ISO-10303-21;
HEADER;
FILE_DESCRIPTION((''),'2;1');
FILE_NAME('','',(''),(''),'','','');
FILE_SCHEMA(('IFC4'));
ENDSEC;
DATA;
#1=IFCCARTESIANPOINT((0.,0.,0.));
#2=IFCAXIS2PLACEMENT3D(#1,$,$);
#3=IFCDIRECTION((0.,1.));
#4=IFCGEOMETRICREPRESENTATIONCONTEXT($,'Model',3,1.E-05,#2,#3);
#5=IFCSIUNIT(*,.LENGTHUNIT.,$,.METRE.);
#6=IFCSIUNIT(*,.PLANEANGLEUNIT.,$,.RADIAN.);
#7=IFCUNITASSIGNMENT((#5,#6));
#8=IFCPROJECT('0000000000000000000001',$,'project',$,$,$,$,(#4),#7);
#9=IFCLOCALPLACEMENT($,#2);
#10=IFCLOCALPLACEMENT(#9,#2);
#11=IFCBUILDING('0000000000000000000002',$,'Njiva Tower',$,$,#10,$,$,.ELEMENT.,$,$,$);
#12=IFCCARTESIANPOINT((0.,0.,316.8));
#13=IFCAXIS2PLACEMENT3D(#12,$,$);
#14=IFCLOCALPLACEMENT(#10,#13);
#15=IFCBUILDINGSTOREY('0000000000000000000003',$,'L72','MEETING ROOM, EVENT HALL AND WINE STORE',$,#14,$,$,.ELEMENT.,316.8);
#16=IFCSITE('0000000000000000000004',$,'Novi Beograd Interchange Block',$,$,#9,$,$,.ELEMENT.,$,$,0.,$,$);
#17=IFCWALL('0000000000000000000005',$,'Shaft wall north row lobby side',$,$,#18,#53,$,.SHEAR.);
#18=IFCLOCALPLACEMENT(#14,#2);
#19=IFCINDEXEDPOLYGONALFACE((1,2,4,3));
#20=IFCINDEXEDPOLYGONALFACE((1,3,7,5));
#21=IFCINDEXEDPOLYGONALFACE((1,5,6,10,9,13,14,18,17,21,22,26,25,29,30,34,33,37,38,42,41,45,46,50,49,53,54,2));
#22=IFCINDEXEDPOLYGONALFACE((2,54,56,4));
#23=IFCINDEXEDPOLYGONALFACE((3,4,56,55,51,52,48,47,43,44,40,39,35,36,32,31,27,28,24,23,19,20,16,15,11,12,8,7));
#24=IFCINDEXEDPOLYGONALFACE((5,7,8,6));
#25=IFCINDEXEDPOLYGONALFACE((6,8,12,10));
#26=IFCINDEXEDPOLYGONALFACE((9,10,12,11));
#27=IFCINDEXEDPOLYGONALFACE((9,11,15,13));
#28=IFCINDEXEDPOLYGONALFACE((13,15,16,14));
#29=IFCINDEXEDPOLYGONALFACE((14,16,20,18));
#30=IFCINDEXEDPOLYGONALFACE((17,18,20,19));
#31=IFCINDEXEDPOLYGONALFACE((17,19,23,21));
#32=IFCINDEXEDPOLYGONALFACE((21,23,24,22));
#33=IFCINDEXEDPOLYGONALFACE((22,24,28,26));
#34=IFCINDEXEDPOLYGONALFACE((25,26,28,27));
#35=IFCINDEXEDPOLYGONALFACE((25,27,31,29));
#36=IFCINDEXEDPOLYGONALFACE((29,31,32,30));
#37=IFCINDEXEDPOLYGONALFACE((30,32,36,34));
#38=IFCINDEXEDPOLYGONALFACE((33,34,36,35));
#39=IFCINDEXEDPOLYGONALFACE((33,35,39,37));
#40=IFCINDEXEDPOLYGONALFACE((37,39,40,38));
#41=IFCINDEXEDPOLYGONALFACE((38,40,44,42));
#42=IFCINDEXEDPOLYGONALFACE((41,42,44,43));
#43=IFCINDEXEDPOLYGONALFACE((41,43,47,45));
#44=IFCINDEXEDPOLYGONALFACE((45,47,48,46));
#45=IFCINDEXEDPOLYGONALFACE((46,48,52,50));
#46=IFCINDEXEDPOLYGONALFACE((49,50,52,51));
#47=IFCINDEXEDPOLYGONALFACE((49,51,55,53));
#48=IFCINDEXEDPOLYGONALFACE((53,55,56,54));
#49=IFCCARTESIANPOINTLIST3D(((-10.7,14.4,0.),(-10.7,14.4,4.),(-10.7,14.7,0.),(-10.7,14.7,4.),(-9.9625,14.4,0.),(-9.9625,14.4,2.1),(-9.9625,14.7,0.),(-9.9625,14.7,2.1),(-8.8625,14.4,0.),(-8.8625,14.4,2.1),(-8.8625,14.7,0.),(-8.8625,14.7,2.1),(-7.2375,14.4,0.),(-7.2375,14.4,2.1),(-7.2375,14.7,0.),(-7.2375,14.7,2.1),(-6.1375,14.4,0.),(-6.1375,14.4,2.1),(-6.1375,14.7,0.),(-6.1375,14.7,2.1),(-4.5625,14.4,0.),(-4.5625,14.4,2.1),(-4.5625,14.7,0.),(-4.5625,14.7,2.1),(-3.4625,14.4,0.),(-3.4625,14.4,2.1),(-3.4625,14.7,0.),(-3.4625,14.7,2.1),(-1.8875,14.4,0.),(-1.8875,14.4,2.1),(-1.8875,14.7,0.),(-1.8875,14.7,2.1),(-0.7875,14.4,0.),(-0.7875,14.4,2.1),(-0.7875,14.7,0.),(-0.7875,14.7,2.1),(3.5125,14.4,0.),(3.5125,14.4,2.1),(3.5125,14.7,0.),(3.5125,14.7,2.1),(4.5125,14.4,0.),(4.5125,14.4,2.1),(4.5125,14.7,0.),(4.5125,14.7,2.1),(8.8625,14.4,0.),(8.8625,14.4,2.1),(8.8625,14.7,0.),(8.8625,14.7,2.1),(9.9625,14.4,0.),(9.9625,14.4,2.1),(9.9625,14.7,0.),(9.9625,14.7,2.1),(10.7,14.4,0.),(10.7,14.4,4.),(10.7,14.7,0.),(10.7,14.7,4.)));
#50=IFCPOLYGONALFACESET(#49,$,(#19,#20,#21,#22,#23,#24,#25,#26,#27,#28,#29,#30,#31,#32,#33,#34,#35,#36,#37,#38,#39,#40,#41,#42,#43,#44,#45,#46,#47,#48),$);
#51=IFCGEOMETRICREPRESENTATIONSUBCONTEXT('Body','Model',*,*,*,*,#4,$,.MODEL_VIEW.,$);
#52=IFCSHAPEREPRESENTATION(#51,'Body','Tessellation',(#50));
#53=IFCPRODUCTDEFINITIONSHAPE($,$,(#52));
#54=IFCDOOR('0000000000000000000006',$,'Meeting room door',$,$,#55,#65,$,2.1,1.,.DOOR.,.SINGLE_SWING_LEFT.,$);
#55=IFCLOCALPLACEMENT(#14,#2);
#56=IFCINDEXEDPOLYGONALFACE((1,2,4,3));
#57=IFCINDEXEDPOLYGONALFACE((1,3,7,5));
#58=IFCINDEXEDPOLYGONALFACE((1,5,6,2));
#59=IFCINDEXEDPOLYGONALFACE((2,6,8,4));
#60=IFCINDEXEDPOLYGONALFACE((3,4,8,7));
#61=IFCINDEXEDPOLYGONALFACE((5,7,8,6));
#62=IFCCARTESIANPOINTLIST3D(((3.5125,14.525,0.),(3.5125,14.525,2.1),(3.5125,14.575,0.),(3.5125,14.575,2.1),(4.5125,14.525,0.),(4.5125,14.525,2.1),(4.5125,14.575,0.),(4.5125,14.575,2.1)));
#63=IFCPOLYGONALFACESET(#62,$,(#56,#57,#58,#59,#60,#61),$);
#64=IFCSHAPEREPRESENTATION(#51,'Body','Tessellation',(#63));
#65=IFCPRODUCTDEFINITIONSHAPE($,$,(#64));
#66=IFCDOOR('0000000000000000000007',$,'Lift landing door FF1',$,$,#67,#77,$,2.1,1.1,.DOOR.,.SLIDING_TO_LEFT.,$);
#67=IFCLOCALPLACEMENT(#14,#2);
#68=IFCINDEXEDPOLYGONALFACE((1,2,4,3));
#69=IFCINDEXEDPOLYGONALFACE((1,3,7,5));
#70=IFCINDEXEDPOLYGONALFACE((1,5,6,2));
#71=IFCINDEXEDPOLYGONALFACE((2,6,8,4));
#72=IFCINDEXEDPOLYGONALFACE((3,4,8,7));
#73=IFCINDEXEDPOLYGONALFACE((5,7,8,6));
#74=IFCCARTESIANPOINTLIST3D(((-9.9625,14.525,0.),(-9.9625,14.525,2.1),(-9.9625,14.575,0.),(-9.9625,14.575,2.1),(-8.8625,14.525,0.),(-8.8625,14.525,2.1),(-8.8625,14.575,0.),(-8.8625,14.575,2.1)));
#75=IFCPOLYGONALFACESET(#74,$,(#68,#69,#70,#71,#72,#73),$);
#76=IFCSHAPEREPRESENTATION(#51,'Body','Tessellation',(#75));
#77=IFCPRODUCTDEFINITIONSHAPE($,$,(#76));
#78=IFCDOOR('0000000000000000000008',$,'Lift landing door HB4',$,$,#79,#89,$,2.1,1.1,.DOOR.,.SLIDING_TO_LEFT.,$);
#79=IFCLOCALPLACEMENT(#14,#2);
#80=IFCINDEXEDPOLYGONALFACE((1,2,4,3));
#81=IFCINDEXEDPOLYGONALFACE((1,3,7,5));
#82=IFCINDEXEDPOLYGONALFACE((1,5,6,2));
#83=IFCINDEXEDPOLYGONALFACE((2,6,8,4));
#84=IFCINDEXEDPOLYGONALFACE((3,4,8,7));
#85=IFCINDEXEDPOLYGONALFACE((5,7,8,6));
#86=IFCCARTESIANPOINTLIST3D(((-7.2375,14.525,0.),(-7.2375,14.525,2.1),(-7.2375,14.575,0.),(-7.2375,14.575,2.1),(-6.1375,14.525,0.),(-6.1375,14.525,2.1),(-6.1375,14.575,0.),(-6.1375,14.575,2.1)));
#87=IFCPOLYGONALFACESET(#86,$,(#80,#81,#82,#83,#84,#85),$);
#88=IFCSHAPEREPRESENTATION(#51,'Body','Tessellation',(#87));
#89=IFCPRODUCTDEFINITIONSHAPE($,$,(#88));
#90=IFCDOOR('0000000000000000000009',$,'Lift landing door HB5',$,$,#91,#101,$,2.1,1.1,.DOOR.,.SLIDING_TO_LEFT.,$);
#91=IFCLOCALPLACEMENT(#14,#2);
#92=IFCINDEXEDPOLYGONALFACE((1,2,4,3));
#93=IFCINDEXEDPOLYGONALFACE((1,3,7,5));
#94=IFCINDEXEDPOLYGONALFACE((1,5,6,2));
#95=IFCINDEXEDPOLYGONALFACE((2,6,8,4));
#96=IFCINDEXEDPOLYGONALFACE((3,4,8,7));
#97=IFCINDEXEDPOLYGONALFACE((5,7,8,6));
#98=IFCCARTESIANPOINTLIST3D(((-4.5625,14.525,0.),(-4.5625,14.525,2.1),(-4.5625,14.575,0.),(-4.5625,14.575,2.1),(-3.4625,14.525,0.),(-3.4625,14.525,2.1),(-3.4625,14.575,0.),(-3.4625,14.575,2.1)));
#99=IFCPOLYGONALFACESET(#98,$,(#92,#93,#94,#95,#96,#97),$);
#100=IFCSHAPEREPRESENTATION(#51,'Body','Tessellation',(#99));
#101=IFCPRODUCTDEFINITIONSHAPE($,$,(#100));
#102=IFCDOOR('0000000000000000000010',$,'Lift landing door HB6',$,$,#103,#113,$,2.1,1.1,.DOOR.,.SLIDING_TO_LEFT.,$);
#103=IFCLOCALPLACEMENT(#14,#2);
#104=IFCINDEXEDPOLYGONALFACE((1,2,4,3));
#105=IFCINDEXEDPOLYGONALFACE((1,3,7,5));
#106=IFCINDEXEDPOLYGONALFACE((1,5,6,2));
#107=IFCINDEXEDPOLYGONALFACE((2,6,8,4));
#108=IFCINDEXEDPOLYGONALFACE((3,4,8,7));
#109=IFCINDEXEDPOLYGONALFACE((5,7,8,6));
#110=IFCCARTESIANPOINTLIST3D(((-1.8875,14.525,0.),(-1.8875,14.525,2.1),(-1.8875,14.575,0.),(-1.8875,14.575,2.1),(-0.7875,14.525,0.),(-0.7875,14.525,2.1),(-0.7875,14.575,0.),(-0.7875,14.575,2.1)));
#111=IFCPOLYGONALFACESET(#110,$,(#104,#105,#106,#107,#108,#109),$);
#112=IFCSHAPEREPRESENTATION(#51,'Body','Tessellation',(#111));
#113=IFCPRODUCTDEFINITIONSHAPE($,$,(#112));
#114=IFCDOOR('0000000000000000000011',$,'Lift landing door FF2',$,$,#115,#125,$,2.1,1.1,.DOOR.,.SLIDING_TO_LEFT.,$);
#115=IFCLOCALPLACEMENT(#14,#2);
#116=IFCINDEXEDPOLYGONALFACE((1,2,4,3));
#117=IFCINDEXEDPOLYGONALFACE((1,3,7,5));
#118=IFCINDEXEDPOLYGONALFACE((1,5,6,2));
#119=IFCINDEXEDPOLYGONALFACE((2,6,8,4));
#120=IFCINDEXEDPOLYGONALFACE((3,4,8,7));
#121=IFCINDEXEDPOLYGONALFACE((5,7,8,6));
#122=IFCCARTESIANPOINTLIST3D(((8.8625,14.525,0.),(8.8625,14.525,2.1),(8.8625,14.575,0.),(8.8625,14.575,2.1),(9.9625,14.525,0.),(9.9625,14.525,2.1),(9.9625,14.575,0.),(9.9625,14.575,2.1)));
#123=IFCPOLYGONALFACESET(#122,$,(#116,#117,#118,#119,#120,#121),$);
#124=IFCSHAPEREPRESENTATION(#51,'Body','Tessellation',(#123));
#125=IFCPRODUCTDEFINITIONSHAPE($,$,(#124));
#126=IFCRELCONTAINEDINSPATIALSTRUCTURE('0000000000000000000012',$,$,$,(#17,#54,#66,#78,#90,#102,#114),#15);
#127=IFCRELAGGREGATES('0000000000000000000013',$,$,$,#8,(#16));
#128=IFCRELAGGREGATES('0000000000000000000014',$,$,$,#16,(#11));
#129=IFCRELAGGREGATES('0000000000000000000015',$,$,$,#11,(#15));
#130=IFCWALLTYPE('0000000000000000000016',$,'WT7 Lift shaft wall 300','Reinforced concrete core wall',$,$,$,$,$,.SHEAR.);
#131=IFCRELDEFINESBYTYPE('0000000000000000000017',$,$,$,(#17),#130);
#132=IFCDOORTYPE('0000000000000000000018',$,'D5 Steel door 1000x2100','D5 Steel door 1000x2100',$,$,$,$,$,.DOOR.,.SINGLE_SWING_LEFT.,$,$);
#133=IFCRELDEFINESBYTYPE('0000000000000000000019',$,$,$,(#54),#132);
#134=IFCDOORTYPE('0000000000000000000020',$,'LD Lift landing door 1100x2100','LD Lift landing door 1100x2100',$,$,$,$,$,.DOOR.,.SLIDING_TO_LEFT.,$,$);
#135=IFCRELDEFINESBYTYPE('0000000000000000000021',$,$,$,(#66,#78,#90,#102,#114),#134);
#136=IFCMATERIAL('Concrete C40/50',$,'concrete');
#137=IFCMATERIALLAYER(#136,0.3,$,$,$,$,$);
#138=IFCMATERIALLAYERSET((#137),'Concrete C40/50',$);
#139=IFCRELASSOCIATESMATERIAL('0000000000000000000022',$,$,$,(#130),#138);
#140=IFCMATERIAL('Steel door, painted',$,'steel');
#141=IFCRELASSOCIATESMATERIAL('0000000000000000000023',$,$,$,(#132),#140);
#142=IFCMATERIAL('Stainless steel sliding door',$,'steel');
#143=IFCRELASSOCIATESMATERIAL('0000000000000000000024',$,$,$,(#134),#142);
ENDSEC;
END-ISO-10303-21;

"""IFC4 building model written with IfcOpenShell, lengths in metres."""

from ifc_helpers import new_model, si_unit, direction, frame, frame_2d, origin, place, context, subcontext, project, spatial, rectangle, extrude, material, layer, layer_set, type_object, element, fill, save


model = new_model("IFC4")

# Units and contexts
model_context = context("Model", 3, precision=1e-05, world=origin(), true_north=direction((0.0, 1.0)))
body_context = subcontext(model_context, "Body", "Model", "MODEL_VIEW")
ifc_project = project(units=[si_unit("LENGTHUNIT", "METRE"), si_unit("PLANEANGLEUNIT", "RADIAN")], contexts=[model_context])

# Site, building, storey
site_placement = place(None, origin())
site = spatial("IfcSite", under=ifc_project, at=site_placement, Name="Novi Beograd Interchange Block", CompositionType="ELEMENT", RefElevation=0.0)
building_placement = place(site_placement, origin())
building = spatial("IfcBuilding", under=site, at=building_placement, Name="Njiva Tower", CompositionType="ELEMENT")
storey_placement = place(building_placement, frame((0.0, 0.0, 316.8)))
storey = spatial("IfcBuildingStorey", under=building, at=storey_placement, Name="L72", Description="MEETING ROOM, EVENT HALL AND WINE STORE", CompositionType="ELEMENT", Elevation=316.8)

# Shared definitions
ifc_material_1 = material(Name="Concrete C40/50", Category="concrete")

# Wall, openings, doors
ifc_layer_1 = layer(ifc_material_1, 0.3)
ifc_layer_set_1 = layer_set([ifc_layer_1], Name="Concrete C40/50")
wall_type_1 = type_object("IfcWallType", Name="WT7 Lift shaft wall 300", Description="Reinforced concrete core wall", PredefinedType="SHEAR", material=ifc_layer_set_1)
wall_placement = place(storey_placement, frame((-10.7, 14.55, 0.0), z_axis=(0.0, 0.0, 1.0), x_axis=(1.0, 0.0, 0.0)))
wall = element("IfcWall", 1, at=wall_placement, inside=storey, type_object=wall_type_1, Name="Shaft wall north row lobby side", PredefinedType="SHEAR", context=body_context, shape_type="SweptSolid", body=[
    extrude(rectangle(XDim=21.4, YDim=0.3, at=frame_2d((10.7, 0.0))), origin(), (0.0, 0.0, 1.0), 4.0),
])
opening_1_placement = place(wall_placement, frame((0.7375, 0.0, 0.0)))
opening_1 = element("IfcOpeningElement", 2, at=opening_1_placement, cuts=wall, PredefinedType="OPENING", context=body_context, shape_type="SweptSolid", body=[
    extrude(rectangle(XDim=1.1, YDim=2.1, at=frame_2d((0.55, 1.05))), frame((0.0, 0.16, 0.0), z_axis=(0.0, -1.0, 0.0), x_axis=(1.0, 0.0, 0.0)), (0.0, 0.0, 1.0), 0.32),
])
opening_2_placement = place(wall_placement, frame((3.4625, 0.0, 0.0)))
opening_2 = element("IfcOpeningElement", 3, at=opening_2_placement, cuts=wall, PredefinedType="OPENING", context=body_context, shape_type="SweptSolid", body=[
    extrude(rectangle(XDim=1.1, YDim=2.1, at=frame_2d((0.55, 1.05))), frame((0.0, 0.16, 0.0), z_axis=(0.0, -1.0, 0.0), x_axis=(1.0, 0.0, 0.0)), (0.0, 0.0, 1.0), 0.32),
])
opening_3_placement = place(wall_placement, frame((6.1375, 0.0, 0.0)))
opening_3 = element("IfcOpeningElement", 4, at=opening_3_placement, cuts=wall, PredefinedType="OPENING", context=body_context, shape_type="SweptSolid", body=[
    extrude(rectangle(XDim=1.1, YDim=2.1, at=frame_2d((0.55, 1.05))), frame((0.0, 0.16, 0.0), z_axis=(0.0, -1.0, 0.0), x_axis=(1.0, 0.0, 0.0)), (0.0, 0.0, 1.0), 0.32),
])
opening_4_placement = place(wall_placement, frame((8.8125, 0.0, 0.0)))
opening_4 = element("IfcOpeningElement", 5, at=opening_4_placement, cuts=wall, PredefinedType="OPENING", context=body_context, shape_type="SweptSolid", body=[
    extrude(rectangle(XDim=1.1, YDim=2.1, at=frame_2d((0.55, 1.05))), frame((0.0, 0.16, 0.0), z_axis=(0.0, -1.0, 0.0), x_axis=(1.0, 0.0, 0.0)), (0.0, 0.0, 1.0), 0.32),
])
opening_5_placement = place(wall_placement, frame((19.5625, 0.0, 0.0)))
opening_5 = element("IfcOpeningElement", 6, at=opening_5_placement, cuts=wall, PredefinedType="OPENING", context=body_context, shape_type="SweptSolid", body=[
    extrude(rectangle(XDim=1.1, YDim=2.1, at=frame_2d((0.55, 1.05))), frame((0.0, 0.16, 0.0), z_axis=(0.0, -1.0, 0.0), x_axis=(1.0, 0.0, 0.0)), (0.0, 0.0, 1.0), 0.32),
])
opening_6_placement = place(wall_placement, frame((14.2125, 0.0, 0.0)))
opening_6 = element("IfcOpeningElement", 7, at=opening_6_placement, cuts=wall, PredefinedType="OPENING", context=body_context, shape_type="SweptSolid", body=[
    extrude(rectangle(XDim=1.0, YDim=2.1, at=frame_2d((0.5, 1.05))), frame((0.0, 0.16, 0.0), z_axis=(0.0, -1.0, 0.0), x_axis=(1.0, 0.0, 0.0)), (0.0, 0.0, 1.0), 0.32),
])
ifc_material_2 = material(Name="Steel door, painted", Category="steel")
door_type_1 = type_object("IfcDoorType", Name="D5 Steel door 1000x2100", Description="D5 Steel door 1000x2100", OperationType="SINGLE_SWING_LEFT", PredefinedType="DOOR", material=ifc_material_2)
door_1_placement = place(opening_6_placement, origin())
door_1 = element("IfcDoor", 8, at=door_1_placement, inside=storey, type_object=door_type_1, Name="Meeting room door", OperationType="SINGLE_SWING_LEFT", OverallHeight=2.1, OverallWidth=1.0, PredefinedType="DOOR", context=body_context, shape_type="SweptSolid", body=[
    extrude(rectangle(XDim=1.0, YDim=2.1, at=frame_2d((0.5, 1.05))), frame((0.0, 0.025, 0.0), z_axis=(0.0, -1.0, 0.0), x_axis=(1.0, 0.0, 0.0)), (0.0, 0.0, 1.0), 0.05),
])
fill(opening_6, door_1)
ifc_material_3 = material(Name="Stainless steel sliding door", Category="steel")
door_type_2 = type_object("IfcDoorType", Name="LD Lift landing door 1100x2100", Description="LD Lift landing door 1100x2100", OperationType="SLIDING_TO_LEFT", PredefinedType="DOOR", material=ifc_material_3)
door_2_placement = place(opening_1_placement, origin())
door_2 = element("IfcDoor", 9, at=door_2_placement, inside=storey, type_object=door_type_2, Name="Lift landing door FF1", OperationType="SLIDING_TO_LEFT", OverallHeight=2.1, OverallWidth=1.1, PredefinedType="DOOR", context=body_context, shape_type="SweptSolid", body=[
    extrude(rectangle(XDim=1.1, YDim=2.1, at=frame_2d((0.55, 1.05))), frame((0.0, 0.025, 0.0), z_axis=(0.0, -1.0, 0.0), x_axis=(1.0, 0.0, 0.0)), (0.0, 0.0, 1.0), 0.05),
])
fill(opening_1, door_2)
door_3_placement = place(opening_2_placement, origin())
door_3 = element("IfcDoor", 10, at=door_3_placement, inside=storey, type_object=door_type_2, Name="Lift landing door HB4", OperationType="SLIDING_TO_LEFT", OverallHeight=2.1, OverallWidth=1.1, PredefinedType="DOOR", context=body_context, shape_type="SweptSolid", body=[
    extrude(rectangle(XDim=1.1, YDim=2.1, at=frame_2d((0.55, 1.05))), frame((0.0, 0.025, 0.0), z_axis=(0.0, -1.0, 0.0), x_axis=(1.0, 0.0, 0.0)), (0.0, 0.0, 1.0), 0.05),
])
fill(opening_2, door_3)
door_4_placement = place(opening_3_placement, origin())
door_4 = element("IfcDoor", 11, at=door_4_placement, inside=storey, type_object=door_type_2, Name="Lift landing door HB5", OperationType="SLIDING_TO_LEFT", OverallHeight=2.1, OverallWidth=1.1, PredefinedType="DOOR", context=body_context, shape_type="SweptSolid", body=[
    extrude(rectangle(XDim=1.1, YDim=2.1, at=frame_2d((0.55, 1.05))), frame((0.0, 0.025, 0.0), z_axis=(0.0, -1.0, 0.0), x_axis=(1.0, 0.0, 0.0)), (0.0, 0.0, 1.0), 0.05),
])
fill(opening_3, door_4)
door_5_placement = place(opening_4_placement, origin())
door_5 = element("IfcDoor", 12, at=door_5_placement, inside=storey, type_object=door_type_2, Name="Lift landing door HB6", OperationType="SLIDING_TO_LEFT", OverallHeight=2.1, OverallWidth=1.1, PredefinedType="DOOR", context=body_context, shape_type="SweptSolid", body=[
    extrude(rectangle(XDim=1.1, YDim=2.1, at=frame_2d((0.55, 1.05))), frame((0.0, 0.025, 0.0), z_axis=(0.0, -1.0, 0.0), x_axis=(1.0, 0.0, 0.0)), (0.0, 0.0, 1.0), 0.05),
])
fill(opening_4, door_5)
door_6_placement = place(opening_5_placement, origin())
door_6 = element("IfcDoor", 13, at=door_6_placement, inside=storey, type_object=door_type_2, Name="Lift landing door FF2", OperationType="SLIDING_TO_LEFT", OverallHeight=2.1, OverallWidth=1.1, PredefinedType="DOOR", context=body_context, shape_type="SweptSolid", body=[
    extrude(rectangle(XDim=1.1, YDim=2.1, at=frame_2d((0.55, 1.05))), frame((0.0, 0.025, 0.0), z_axis=(0.0, -1.0, 0.0), x_axis=(1.0, 0.0, 0.0)), (0.0, 0.0, 1.0), 0.05),
])
fill(opening_5, door_6)

save(model, "model.ifc")
